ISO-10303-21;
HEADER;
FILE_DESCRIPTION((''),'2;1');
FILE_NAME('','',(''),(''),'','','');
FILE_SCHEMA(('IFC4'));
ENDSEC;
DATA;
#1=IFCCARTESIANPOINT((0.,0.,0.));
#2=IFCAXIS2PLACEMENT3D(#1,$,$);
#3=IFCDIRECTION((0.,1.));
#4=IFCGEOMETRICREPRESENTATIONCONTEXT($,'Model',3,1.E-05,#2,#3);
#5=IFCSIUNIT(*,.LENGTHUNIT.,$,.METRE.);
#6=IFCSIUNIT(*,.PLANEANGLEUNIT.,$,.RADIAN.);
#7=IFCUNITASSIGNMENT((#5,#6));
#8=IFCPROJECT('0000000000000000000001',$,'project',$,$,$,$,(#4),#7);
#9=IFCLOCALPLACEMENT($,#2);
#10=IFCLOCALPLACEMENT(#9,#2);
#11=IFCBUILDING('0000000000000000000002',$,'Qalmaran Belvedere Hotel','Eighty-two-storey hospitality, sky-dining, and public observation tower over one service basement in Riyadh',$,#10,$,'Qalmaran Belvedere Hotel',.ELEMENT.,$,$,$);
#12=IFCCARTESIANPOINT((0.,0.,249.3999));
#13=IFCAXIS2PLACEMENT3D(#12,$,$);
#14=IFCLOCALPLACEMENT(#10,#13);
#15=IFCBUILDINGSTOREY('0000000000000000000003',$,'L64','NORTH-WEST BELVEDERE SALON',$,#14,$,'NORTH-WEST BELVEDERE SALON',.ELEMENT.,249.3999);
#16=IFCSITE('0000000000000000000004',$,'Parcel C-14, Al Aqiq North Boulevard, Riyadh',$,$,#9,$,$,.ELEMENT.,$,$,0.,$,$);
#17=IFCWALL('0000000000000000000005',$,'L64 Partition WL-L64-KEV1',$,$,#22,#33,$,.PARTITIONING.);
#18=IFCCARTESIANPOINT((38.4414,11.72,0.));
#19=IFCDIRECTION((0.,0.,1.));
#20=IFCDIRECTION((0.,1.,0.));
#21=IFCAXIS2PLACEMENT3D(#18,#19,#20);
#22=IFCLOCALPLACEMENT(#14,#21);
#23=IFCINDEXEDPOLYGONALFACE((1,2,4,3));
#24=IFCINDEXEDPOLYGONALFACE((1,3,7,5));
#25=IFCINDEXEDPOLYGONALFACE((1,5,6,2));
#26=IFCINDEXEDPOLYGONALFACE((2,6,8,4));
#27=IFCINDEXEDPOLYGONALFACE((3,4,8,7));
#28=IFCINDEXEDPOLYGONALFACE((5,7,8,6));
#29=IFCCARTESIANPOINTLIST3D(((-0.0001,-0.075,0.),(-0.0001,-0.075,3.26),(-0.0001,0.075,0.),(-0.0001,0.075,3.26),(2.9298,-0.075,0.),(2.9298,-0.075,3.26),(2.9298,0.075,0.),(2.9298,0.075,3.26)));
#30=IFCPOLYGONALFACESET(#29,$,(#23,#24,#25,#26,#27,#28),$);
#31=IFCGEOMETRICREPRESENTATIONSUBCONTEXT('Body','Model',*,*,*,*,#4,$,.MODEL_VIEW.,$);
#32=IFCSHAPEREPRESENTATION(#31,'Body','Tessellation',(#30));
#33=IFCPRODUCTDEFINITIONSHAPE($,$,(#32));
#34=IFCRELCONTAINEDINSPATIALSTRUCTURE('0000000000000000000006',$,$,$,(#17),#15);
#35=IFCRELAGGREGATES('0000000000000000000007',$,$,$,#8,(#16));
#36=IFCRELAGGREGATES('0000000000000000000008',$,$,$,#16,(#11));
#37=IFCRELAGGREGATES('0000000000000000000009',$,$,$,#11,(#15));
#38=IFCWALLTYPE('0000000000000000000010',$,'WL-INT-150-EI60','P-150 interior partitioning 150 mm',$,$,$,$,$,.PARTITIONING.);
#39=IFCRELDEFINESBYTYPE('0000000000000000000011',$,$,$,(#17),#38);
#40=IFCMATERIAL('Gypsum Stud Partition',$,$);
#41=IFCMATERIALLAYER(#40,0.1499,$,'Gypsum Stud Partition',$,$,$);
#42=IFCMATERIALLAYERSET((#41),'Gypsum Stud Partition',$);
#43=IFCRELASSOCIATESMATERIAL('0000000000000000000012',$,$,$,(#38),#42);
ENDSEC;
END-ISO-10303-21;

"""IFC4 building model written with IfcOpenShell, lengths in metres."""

from ifc_helpers import new_model, si_unit, direction, frame, frame_2d, origin, place, context, subcontext, project, spatial, rectangle, extrude, material, layer, layer_set, type_object, element, save


model = new_model("IFC4")

# Units and contexts
model_context = context("Model", 3, precision=1e-05, world=origin(), true_north=direction((0.0, 1.0)))
body_context = subcontext(model_context, "Body", "Model", "MODEL_VIEW")
ifc_project = project(units=[si_unit("LENGTHUNIT", "METRE"), si_unit("PLANEANGLEUNIT", "RADIAN")], contexts=[model_context])

# Site, building, storey
site_placement = place(None, origin())
site = spatial("IfcSite", under=ifc_project, at=site_placement, Name="Parcel C-14, Al Aqiq North Boulevard, Riyadh", CompositionType="ELEMENT", RefElevation=0.0)
building_placement = place(site_placement, origin())
building = spatial("IfcBuilding", under=site, at=building_placement, Name="Qalmaran Belvedere Hotel", Description="Eighty-two-storey hospitality, sky-dining, and public observation tower over one service basement in Riyadh", LongName="Qalmaran Belvedere Hotel", CompositionType="ELEMENT")
storey_placement = place(building_placement, frame((0.0, 0.0, 249.3999)))
storey = spatial("IfcBuildingStorey", under=building, at=storey_placement, Name="L64", Description="NORTH-WEST BELVEDERE SALON", LongName="NORTH-WEST BELVEDERE SALON", CompositionType="ELEMENT", Elevation=249.3999)

# Wall
ifc_material_1 = material(Name="Gypsum Stud Partition")
ifc_layer_1 = layer(ifc_material_1, 0.1499, Name="Gypsum Stud Partition")
ifc_layer_set_1 = layer_set([ifc_layer_1], Name="Gypsum Stud Partition")
wall_type_1 = type_object("IfcWallType", Name="WL-INT-150-EI60", Description="P-150 interior partitioning 150 mm", PredefinedType="PARTITIONING", material=ifc_layer_set_1)
wall_1_placement = place(storey_placement, frame((38.4414, 11.72, 0.0), z_axis=(0.0, 0.0, 1.0), x_axis=(0.0, 1.0, 0.0)))
element("IfcWall", 1, at=wall_1_placement, inside=storey, type_object=wall_type_1, Name="L64 Partition WL-L64-KEV1", PredefinedType="PARTITIONING", context=body_context, shape_type="SweptSolid", body=[
    extrude(rectangle(XDim=2.9299, YDim=0.1499, at=frame_2d((1.4648, 0.0))), origin(), (0.0, 0.0, 1.0), 3.26),
])

save(model, "model.ifc")
